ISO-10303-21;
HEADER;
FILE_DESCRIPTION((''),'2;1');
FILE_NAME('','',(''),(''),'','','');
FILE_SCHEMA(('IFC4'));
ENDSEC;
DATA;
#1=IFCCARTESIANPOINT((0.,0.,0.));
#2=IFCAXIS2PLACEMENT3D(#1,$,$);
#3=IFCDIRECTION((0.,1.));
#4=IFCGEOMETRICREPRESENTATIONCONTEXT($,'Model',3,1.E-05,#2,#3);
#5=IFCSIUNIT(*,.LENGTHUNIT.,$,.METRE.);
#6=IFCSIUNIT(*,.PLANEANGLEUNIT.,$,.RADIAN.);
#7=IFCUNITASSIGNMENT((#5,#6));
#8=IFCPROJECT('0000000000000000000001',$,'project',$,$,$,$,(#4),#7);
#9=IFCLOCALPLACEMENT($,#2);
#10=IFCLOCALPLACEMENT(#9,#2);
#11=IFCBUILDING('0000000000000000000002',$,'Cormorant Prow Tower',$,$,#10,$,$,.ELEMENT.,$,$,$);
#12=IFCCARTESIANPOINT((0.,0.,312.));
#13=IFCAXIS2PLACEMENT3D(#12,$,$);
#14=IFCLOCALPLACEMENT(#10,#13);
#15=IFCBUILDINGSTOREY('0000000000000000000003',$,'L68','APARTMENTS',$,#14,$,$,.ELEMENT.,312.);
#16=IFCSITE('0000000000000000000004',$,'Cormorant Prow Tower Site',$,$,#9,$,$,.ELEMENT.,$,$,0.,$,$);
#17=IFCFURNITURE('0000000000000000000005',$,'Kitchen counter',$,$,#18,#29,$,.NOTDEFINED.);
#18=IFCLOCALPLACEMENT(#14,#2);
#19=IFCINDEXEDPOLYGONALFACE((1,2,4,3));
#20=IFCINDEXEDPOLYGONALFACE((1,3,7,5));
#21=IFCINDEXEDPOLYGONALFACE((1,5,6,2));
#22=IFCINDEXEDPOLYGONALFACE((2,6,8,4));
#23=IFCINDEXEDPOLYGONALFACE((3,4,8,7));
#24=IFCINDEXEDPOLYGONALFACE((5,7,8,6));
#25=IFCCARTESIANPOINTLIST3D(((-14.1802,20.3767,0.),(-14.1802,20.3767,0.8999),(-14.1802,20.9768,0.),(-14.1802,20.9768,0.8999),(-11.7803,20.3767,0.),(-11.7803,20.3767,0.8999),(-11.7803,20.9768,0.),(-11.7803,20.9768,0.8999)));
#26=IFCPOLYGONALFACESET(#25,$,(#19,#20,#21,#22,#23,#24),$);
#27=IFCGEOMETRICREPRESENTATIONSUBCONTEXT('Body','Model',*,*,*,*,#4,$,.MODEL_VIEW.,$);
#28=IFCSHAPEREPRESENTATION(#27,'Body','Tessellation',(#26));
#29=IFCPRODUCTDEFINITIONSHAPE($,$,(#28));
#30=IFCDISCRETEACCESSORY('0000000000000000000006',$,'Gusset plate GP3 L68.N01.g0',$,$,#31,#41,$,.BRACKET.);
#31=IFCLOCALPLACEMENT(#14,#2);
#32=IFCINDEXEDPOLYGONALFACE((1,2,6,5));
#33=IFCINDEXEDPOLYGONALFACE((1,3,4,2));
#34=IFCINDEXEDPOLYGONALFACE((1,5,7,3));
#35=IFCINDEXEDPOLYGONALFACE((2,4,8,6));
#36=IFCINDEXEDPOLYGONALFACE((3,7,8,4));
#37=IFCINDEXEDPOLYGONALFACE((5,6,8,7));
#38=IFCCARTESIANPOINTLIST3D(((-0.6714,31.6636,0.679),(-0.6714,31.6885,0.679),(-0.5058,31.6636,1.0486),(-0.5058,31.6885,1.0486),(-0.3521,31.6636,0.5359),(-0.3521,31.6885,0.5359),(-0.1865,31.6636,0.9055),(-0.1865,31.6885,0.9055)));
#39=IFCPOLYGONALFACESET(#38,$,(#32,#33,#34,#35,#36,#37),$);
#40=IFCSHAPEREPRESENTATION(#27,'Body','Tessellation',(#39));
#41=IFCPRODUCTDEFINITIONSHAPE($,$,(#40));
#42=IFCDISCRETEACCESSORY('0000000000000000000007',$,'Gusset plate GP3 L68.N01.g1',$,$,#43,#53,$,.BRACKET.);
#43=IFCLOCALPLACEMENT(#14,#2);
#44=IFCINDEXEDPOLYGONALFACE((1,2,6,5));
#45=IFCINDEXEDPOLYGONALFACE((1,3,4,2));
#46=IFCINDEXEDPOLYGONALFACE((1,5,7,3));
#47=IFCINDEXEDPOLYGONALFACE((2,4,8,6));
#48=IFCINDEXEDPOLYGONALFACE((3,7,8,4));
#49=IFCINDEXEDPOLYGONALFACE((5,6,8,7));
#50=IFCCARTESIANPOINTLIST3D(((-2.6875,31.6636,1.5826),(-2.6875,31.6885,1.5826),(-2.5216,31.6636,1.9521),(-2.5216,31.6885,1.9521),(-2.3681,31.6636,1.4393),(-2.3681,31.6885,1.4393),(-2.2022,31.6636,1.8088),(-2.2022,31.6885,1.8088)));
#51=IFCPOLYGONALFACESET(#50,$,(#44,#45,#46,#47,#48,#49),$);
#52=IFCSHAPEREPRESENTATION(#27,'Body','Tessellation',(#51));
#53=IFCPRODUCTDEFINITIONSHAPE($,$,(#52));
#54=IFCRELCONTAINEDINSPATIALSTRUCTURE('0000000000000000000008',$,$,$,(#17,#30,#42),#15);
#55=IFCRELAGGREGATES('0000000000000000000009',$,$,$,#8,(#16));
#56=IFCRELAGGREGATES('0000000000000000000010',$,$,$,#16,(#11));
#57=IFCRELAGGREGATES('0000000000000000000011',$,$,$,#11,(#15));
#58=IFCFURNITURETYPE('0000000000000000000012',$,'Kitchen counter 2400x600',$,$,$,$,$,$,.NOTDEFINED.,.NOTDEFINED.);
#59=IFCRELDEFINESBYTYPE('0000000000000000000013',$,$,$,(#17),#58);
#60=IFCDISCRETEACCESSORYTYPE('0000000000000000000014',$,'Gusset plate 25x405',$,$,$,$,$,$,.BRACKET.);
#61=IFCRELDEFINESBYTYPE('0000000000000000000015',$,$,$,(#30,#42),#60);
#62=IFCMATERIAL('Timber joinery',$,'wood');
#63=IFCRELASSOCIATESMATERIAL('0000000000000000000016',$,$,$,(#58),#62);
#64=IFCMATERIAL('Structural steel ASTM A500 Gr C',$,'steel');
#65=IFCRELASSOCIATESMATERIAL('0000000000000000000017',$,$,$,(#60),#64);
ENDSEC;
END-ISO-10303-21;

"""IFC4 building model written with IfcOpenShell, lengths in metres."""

from ifc_helpers import new_model, si_unit, direction, frame, origin, origin_2d, place, context, subcontext, project, spatial, rectangle, extrude, material, material_profile, profile_set, type_object, element, save


model = new_model("IFC4")

# Units and contexts
model_context = context("Model", 3, precision=1e-05, world=origin(), true_north=direction((0.0, 1.0)))
body_context = subcontext(model_context, "Body", "Model", "MODEL_VIEW")
ifc_project = project(units=[si_unit("LENGTHUNIT", "METRE"), si_unit("PLANEANGLEUNIT", "RADIAN")], contexts=[model_context])

# Site, building, storey
site_placement = place(None, origin())
site = spatial("IfcSite", under=ifc_project, at=site_placement, Name="Cormorant Prow Tower Site", CompositionType="ELEMENT", RefElevation=0.0)
building_placement = place(site_placement, origin())
building = spatial("IfcBuilding", under=site, at=building_placement, Name="Cormorant Prow Tower", CompositionType="ELEMENT")
storey_placement = place(building_placement, frame((0.0, 0.0, 312.0)))
storey = spatial("IfcBuildingStorey", under=building, at=storey_placement, Name="L68", Description="APARTMENTS", CompositionType="ELEMENT", Elevation=312.0)

# Furniture
ifc_material_1 = material(Name="Timber joinery", Category="wood")
furniture_type = type_object("IfcFurnitureType", Name="Kitchen counter 2400x600", AssemblyPlace="NOTDEFINED", PredefinedType="NOTDEFINED", material=ifc_material_1)
furniture_placement = place(storey_placement, frame((-12.9802, 20.6768, 0.0), z_axis=(0.0, 0.0, 1.0), x_axis=(1.0, 0.0, 0.0)))
element("IfcFurniture", 1, at=furniture_placement, inside=storey, type_object=furniture_type, Name="Kitchen counter", PredefinedType="NOTDEFINED", context=body_context, shape_type="SweptSolid", body=[
    extrude(rectangle(XDim=2.3999, YDim=0.6001, at=origin_2d()), origin(), (0.0, 0.0, 1.0), 0.8999),
])

# Discrete accessories
ifc_material_2 = material(Name="Structural steel ASTM A500 Gr C", Category="steel")
ifc_material_profile_1 = material_profile(ifc_material_2, rectangle(XDim=0.0249, YDim=0.405, at=origin_2d()), Name="Gusset plate 25x405")
ifc_profile_set_1 = profile_set([ifc_material_profile_1], Name="Structural steel ASTM A500 Gr C")
discrete_accessory_type = type_object("IfcDiscreteAccessoryType", Name="Gusset plate 25x405", PredefinedType="BRACKET", material=ifc_profile_set_1)
discrete_accessory_1_placement = place(storey_placement, frame((-0.5886, 31.676, 0.8638), z_axis=(0.912599, 0.0, -0.408856), x_axis=(0.0, 1.0, 0.0)))
element("IfcDiscreteAccessory", 2, at=discrete_accessory_1_placement, inside=storey, type_object=discrete_accessory_type, Name="Gusset plate GP3 L68.N01.g0", PredefinedType="BRACKET", context=body_context, shape_type="SweptSolid", body=[
    extrude(rectangle(XDim=0.0249, YDim=0.405, at=origin_2d()), origin(), (0.0, 0.0, 1.0), 0.3499),
])
discrete_accessory_2_placement = place(storey_placement, frame((-2.2852, 31.676, 1.624), z_axis=(-0.912339, 0.0, 0.409436), x_axis=(0.0, -1.0, 0.0)))
element("IfcDiscreteAccessory", 3, at=discrete_accessory_2_placement, inside=storey, type_object=discrete_accessory_type, Name="Gusset plate GP3 L68.N01.g1", PredefinedType="BRACKET", context=body_context, shape_type="SweptSolid", body=[
    extrude(rectangle(XDim=0.0249, YDim=0.405, at=origin_2d()), origin(), (0.0, 0.0, 1.0), 0.3501),
])

save(model, "model.ifc")
